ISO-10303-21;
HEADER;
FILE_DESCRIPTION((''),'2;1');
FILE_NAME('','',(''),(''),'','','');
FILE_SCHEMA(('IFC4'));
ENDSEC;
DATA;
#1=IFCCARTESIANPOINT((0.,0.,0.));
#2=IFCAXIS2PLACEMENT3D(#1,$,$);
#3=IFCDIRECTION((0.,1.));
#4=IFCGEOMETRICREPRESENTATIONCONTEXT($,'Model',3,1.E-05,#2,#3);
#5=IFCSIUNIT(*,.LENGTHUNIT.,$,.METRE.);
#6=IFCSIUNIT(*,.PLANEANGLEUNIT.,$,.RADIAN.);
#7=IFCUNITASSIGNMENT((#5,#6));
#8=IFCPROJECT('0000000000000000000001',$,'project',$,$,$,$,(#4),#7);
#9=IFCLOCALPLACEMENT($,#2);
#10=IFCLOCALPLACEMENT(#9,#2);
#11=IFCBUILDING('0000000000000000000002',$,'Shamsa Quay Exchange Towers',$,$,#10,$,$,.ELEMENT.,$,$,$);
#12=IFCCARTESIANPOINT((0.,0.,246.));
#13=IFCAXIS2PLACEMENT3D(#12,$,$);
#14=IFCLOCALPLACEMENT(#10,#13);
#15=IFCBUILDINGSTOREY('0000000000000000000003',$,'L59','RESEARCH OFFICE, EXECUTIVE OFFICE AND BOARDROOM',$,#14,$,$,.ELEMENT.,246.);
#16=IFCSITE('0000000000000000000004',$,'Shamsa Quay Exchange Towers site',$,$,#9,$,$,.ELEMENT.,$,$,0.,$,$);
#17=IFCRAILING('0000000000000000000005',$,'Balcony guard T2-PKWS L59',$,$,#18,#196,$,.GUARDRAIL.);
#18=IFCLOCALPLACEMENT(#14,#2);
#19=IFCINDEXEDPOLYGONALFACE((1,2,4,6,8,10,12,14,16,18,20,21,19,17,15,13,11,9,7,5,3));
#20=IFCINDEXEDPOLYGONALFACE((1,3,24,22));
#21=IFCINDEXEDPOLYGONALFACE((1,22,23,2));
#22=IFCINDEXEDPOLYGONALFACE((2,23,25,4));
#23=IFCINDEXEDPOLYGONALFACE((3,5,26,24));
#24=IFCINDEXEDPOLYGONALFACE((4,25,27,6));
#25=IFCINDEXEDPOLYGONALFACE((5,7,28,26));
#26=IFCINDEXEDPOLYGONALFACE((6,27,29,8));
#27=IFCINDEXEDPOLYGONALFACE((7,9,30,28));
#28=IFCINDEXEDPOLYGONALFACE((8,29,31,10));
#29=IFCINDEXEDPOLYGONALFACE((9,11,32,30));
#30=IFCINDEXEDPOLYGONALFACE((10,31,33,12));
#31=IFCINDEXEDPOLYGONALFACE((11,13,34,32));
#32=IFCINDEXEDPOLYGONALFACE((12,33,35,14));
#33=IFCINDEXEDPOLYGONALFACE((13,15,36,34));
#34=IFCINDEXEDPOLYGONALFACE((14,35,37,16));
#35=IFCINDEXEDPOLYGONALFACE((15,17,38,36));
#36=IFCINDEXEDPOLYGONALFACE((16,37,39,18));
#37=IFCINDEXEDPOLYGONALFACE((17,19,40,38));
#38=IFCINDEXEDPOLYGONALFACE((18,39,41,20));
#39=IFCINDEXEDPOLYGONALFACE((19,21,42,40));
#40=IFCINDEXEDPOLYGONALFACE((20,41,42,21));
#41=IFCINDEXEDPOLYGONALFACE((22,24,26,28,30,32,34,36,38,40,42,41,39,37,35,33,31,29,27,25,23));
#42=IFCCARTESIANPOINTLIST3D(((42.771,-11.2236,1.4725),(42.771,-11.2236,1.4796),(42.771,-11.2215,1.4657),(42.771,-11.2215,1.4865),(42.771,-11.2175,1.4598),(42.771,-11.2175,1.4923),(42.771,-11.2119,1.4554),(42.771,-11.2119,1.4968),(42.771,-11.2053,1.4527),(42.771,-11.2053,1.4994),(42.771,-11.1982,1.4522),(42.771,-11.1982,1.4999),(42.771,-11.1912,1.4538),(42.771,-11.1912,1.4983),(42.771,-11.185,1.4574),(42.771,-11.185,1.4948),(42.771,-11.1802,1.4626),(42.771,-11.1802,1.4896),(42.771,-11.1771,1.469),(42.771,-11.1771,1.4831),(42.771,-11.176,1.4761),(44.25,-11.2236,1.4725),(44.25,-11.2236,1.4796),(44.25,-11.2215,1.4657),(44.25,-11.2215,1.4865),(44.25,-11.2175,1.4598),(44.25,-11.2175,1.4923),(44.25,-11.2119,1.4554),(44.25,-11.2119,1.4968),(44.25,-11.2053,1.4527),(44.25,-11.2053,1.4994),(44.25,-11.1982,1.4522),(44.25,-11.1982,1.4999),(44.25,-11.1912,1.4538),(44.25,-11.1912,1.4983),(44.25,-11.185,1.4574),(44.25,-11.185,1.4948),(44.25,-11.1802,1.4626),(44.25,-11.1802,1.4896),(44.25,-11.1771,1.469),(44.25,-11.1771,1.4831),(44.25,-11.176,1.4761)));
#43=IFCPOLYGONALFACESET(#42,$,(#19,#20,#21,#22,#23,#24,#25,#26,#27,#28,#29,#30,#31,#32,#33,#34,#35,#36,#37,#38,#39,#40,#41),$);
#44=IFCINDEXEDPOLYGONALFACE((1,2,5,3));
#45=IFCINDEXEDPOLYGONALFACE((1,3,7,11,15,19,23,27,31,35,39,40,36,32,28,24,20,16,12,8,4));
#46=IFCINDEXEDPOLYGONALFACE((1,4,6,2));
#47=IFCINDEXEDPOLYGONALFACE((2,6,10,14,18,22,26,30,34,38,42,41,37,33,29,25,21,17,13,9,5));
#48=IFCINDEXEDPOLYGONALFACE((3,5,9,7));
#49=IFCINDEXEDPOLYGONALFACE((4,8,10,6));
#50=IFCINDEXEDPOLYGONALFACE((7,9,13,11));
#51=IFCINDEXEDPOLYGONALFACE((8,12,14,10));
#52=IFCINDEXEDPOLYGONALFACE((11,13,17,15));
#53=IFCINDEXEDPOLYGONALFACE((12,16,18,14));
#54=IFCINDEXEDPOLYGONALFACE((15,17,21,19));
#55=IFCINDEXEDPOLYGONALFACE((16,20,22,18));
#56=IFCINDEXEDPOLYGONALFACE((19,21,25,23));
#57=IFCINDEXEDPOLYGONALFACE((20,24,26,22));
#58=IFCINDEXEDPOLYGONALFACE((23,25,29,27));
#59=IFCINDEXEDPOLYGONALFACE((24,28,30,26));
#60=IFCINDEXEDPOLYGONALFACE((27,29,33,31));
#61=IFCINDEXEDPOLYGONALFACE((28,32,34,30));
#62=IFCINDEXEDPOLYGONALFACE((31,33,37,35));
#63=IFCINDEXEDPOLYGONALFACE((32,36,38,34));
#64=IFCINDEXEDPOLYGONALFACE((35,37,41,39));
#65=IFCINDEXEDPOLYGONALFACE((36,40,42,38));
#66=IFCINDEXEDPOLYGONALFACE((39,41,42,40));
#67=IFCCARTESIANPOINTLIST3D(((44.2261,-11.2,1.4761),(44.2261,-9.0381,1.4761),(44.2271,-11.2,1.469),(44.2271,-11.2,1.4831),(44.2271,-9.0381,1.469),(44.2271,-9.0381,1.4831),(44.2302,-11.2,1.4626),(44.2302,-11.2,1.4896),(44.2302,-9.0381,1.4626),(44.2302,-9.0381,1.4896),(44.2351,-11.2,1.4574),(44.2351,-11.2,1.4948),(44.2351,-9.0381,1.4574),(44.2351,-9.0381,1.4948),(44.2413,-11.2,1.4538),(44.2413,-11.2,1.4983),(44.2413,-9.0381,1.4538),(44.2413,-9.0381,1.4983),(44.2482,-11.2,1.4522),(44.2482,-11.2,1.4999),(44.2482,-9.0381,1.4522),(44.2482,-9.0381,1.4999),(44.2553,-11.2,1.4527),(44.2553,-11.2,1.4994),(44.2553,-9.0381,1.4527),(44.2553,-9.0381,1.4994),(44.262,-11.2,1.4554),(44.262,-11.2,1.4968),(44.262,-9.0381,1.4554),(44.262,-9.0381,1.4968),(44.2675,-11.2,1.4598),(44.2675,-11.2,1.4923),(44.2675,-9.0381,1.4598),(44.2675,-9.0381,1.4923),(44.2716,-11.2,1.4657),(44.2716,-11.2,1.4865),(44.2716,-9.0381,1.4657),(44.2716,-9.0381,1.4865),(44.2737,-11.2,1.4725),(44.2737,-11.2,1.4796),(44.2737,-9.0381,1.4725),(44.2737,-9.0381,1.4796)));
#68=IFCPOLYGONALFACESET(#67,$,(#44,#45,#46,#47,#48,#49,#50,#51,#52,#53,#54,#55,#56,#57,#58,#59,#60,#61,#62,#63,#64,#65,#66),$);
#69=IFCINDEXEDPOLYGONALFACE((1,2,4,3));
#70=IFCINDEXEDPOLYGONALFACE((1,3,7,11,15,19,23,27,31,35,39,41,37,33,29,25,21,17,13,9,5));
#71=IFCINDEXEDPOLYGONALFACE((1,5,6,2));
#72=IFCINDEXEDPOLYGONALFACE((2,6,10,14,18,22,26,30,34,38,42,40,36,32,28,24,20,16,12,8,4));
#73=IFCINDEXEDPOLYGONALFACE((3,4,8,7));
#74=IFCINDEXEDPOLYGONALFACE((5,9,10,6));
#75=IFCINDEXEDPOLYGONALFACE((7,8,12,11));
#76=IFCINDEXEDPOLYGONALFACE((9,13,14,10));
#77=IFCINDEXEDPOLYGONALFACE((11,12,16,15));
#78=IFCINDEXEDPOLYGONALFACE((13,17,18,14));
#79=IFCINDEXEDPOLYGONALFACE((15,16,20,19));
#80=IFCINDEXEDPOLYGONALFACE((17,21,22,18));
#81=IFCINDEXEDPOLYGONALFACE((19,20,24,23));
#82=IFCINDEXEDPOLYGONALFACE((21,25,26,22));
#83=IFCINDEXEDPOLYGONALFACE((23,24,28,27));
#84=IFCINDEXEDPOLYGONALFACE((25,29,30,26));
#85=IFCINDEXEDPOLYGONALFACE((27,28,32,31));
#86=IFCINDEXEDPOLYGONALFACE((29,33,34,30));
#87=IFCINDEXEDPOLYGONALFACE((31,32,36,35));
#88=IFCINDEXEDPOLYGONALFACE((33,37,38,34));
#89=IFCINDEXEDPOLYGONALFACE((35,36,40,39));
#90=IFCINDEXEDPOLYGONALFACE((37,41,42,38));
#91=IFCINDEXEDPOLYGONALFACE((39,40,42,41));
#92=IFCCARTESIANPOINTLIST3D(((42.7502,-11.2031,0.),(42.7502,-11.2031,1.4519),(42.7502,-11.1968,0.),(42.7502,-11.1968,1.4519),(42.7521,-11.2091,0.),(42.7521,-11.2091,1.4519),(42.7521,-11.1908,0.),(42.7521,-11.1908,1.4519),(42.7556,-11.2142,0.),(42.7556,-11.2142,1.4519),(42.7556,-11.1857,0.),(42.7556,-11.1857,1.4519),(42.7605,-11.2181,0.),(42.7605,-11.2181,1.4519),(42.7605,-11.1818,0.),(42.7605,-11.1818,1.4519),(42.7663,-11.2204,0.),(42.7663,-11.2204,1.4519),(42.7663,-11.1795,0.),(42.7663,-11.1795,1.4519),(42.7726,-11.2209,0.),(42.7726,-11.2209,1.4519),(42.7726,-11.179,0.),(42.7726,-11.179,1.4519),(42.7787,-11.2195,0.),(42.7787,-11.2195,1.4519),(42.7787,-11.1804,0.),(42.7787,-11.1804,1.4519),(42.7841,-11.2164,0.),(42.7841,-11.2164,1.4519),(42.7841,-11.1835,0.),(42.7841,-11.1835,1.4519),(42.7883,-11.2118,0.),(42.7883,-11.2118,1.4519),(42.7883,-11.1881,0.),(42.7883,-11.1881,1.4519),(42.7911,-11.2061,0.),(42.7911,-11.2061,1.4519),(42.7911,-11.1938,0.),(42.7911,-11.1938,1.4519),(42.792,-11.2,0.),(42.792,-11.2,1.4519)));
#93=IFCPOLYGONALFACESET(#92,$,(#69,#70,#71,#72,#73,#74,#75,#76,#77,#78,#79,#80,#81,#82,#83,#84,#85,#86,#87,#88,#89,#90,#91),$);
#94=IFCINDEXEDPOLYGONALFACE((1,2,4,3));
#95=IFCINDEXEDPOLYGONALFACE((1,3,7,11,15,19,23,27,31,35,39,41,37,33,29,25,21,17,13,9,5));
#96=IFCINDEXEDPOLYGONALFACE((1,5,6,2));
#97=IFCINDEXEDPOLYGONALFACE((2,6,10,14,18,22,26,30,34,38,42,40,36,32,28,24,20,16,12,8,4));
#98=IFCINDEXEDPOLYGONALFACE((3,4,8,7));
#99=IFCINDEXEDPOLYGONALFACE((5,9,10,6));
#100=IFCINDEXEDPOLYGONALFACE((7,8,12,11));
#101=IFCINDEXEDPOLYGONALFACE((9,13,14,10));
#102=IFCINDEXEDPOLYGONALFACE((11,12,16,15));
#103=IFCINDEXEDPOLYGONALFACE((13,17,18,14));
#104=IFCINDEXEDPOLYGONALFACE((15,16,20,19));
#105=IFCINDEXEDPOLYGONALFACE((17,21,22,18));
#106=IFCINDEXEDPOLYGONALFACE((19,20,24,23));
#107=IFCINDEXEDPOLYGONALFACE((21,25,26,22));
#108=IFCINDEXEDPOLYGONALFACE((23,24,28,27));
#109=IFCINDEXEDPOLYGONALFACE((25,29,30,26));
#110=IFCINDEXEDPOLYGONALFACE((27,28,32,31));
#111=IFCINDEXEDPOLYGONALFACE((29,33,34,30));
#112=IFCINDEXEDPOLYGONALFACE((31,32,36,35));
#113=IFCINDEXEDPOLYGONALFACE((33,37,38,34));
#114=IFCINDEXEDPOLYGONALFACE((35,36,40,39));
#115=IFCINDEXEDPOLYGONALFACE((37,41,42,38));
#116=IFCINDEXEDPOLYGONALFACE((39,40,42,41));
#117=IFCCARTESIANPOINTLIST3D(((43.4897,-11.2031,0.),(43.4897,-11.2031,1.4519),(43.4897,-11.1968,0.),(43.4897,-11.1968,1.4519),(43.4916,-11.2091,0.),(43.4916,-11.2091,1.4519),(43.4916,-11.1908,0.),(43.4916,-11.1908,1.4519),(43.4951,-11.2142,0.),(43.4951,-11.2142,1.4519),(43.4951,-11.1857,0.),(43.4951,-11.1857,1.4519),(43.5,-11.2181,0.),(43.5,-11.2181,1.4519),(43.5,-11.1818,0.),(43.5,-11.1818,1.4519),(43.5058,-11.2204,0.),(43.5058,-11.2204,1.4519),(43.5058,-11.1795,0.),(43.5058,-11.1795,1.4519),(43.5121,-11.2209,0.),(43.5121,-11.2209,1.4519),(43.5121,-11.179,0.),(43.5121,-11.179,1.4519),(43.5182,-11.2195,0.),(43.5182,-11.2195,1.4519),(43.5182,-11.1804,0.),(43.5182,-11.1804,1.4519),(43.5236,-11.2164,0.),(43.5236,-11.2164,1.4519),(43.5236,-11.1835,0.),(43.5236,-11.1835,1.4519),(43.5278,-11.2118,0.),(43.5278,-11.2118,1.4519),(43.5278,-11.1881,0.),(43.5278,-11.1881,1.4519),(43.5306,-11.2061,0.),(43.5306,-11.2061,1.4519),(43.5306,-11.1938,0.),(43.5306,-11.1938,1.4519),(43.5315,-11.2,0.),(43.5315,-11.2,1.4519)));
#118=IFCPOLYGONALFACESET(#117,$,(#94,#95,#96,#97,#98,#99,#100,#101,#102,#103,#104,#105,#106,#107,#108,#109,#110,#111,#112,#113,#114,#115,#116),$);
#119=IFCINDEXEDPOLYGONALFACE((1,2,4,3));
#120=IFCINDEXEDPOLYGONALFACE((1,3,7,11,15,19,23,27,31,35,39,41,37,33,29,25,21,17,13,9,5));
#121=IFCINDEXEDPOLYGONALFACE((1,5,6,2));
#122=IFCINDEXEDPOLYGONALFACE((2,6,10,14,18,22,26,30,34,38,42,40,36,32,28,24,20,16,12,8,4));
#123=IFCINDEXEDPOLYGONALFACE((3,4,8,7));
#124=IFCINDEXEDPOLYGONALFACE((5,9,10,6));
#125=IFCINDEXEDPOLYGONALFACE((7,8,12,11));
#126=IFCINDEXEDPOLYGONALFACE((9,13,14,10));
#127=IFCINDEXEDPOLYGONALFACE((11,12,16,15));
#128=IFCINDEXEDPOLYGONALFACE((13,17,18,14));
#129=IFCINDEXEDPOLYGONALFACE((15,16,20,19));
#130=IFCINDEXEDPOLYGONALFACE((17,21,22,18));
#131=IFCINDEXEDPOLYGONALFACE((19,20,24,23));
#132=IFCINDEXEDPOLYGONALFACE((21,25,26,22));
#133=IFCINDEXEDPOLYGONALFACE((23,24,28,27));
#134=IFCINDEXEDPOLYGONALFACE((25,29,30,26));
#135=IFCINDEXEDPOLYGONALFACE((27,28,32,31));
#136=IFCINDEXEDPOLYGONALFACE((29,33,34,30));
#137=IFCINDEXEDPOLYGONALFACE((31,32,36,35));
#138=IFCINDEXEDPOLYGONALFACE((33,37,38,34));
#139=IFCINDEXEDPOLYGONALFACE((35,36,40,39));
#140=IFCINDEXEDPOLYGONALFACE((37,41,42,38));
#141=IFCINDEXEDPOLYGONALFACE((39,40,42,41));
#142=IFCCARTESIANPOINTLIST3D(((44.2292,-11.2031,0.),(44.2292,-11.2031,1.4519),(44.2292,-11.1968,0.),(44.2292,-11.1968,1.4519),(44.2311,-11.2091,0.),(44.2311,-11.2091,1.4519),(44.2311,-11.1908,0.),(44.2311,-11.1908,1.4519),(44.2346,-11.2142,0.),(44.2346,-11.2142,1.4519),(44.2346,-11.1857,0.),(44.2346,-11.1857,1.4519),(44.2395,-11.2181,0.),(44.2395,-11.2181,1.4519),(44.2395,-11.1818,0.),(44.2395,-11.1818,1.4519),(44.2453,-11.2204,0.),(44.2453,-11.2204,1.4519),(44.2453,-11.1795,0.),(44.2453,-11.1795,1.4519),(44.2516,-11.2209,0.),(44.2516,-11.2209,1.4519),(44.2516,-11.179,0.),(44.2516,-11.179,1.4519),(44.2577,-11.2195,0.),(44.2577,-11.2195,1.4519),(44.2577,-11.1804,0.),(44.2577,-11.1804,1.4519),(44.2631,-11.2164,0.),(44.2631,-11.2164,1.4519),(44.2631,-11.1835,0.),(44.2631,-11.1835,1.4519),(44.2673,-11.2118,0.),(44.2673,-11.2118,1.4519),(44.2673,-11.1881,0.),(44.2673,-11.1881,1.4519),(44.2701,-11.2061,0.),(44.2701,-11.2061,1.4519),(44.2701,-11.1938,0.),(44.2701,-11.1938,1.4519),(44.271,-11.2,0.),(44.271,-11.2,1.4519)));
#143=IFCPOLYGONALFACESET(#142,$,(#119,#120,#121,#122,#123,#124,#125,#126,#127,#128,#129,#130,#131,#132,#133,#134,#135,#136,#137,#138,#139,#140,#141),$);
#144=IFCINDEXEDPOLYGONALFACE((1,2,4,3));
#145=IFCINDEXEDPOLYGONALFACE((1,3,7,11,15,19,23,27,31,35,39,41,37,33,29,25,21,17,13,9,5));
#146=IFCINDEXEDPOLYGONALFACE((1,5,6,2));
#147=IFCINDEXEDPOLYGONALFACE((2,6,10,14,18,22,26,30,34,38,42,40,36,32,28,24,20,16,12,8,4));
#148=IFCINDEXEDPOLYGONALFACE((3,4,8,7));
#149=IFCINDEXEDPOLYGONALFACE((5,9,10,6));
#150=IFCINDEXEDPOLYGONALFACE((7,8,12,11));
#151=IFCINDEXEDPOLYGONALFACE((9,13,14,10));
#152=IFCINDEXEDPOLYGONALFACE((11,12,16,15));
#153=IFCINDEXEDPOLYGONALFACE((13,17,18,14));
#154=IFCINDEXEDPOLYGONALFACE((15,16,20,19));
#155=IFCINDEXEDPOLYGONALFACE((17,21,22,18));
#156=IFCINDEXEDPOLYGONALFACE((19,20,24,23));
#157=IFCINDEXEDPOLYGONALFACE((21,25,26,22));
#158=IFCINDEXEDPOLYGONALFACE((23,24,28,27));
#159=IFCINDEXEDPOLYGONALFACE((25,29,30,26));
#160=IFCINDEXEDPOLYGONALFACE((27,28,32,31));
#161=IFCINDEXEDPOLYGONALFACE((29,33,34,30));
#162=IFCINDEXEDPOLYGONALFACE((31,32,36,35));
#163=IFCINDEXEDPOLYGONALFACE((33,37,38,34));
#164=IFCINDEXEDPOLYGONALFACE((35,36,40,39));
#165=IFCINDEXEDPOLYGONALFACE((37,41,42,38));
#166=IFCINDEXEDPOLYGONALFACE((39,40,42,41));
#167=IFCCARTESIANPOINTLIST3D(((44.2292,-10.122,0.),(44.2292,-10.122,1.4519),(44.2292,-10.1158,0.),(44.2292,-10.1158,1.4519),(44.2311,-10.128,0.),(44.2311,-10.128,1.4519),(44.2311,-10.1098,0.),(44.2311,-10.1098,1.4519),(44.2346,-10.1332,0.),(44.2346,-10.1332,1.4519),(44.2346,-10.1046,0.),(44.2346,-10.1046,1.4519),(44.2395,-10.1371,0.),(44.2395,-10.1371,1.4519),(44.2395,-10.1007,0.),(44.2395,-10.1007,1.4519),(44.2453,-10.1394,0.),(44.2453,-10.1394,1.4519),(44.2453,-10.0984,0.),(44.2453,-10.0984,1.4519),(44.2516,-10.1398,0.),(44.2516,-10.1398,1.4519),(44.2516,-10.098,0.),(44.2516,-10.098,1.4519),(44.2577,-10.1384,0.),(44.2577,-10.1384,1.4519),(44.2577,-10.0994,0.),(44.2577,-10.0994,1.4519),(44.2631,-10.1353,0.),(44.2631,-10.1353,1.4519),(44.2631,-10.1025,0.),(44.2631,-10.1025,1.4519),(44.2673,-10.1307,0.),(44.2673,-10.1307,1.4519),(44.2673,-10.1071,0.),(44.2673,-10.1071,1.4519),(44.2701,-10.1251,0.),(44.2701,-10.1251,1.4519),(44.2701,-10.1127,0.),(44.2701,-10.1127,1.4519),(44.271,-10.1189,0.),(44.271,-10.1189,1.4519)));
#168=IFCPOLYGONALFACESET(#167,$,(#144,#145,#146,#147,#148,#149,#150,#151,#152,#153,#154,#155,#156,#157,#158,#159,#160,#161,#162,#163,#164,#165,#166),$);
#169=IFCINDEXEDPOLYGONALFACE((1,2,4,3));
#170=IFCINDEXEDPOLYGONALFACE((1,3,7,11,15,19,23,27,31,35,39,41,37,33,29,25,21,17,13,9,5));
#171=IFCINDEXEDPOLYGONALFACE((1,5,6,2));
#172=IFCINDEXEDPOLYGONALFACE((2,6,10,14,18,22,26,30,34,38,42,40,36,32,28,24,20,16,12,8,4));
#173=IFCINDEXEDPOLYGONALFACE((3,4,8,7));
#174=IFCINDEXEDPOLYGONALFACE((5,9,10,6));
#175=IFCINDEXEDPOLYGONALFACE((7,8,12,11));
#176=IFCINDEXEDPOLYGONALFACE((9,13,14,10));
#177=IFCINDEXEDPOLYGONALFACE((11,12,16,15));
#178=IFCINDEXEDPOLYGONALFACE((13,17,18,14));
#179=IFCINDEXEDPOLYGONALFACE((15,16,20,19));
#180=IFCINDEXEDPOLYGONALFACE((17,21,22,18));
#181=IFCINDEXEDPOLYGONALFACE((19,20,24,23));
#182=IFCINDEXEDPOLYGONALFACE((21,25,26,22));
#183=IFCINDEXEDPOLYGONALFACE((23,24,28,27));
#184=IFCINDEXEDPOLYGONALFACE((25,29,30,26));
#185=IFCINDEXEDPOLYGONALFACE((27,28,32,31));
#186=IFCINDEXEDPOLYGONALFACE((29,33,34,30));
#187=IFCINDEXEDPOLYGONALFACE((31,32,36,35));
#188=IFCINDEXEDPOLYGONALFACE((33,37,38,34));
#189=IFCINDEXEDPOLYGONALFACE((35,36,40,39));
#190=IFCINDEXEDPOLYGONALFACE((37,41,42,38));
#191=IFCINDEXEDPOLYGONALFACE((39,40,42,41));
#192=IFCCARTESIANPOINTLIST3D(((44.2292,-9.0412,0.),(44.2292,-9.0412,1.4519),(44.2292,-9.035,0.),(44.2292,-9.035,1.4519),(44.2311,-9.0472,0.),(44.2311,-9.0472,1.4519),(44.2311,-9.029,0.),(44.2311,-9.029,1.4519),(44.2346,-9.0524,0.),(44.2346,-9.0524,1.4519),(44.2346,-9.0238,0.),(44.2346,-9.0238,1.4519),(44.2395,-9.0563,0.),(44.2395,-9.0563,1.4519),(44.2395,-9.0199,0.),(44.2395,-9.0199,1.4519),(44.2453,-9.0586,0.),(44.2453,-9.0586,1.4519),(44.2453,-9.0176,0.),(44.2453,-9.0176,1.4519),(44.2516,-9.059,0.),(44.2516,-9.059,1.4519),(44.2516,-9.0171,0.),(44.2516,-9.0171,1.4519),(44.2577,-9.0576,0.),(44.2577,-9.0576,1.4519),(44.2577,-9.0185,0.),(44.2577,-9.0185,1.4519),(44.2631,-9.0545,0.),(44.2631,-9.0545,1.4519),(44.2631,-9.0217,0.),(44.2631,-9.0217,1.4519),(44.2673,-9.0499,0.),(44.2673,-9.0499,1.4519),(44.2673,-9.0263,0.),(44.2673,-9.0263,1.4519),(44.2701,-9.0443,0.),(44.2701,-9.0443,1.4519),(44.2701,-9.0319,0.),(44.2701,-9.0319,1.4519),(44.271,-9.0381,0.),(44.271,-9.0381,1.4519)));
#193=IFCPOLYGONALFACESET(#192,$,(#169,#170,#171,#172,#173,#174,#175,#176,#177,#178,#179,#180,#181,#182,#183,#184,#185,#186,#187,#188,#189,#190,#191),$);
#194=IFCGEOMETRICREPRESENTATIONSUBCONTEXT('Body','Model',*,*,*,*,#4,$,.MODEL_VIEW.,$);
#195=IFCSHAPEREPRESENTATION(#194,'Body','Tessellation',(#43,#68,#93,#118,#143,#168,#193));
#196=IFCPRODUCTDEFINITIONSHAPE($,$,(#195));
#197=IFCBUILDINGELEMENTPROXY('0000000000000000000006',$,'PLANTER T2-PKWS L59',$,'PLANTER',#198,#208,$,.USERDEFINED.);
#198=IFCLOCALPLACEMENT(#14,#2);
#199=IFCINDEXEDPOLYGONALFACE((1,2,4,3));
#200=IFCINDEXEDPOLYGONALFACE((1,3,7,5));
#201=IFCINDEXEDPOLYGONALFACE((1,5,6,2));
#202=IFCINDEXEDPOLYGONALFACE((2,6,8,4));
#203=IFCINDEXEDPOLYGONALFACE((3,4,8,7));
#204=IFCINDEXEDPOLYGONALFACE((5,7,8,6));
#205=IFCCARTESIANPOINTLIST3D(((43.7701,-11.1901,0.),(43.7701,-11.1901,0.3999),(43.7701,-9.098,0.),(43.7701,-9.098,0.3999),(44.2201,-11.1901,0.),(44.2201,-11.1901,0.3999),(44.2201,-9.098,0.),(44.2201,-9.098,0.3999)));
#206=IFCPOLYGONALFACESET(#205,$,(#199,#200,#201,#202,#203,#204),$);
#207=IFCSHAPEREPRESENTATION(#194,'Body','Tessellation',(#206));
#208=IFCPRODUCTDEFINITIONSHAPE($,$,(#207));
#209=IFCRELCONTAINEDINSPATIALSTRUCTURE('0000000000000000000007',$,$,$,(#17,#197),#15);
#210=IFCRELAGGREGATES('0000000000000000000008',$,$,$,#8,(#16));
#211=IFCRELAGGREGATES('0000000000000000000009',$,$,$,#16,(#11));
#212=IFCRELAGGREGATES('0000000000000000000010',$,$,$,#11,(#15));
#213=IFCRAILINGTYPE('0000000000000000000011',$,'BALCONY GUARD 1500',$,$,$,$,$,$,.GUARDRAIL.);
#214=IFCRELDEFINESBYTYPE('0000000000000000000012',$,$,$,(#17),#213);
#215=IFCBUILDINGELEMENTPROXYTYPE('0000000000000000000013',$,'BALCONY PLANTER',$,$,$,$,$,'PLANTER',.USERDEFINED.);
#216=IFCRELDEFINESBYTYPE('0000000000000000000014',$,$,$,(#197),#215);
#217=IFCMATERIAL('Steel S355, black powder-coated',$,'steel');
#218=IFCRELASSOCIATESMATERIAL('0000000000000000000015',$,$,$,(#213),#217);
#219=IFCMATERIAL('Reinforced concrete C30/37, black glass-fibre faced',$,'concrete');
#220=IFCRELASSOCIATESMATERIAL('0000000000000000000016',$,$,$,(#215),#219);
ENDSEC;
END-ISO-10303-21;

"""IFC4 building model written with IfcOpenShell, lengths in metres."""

from ifc_helpers import new_model, si_unit, direction, frame, origin, origin_2d, place, context, subcontext, project, spatial, rectangle, circle, extrude, material, type_object, element, save


model = new_model("IFC4")

# Units and contexts
model_context = context("Model", 3, precision=1e-05, world=origin(), true_north=direction((0.0, 1.0)))
body_context = subcontext(model_context, "Body", "Model", "MODEL_VIEW")
ifc_project = project(units=[si_unit("LENGTHUNIT", "METRE"), si_unit("PLANEANGLEUNIT", "RADIAN")], contexts=[model_context])

# Site, building, storey
site_placement = place(None, origin())
site = spatial("IfcSite", under=ifc_project, at=site_placement, Name="Shamsa Quay Exchange Towers site", CompositionType="ELEMENT", RefElevation=0.0)
building_placement = place(site_placement, origin())
building = spatial("IfcBuilding", under=site, at=building_placement, Name="Shamsa Quay Exchange Towers", CompositionType="ELEMENT")
storey_placement = place(building_placement, frame((0.0, 0.0, 246.0)))
storey = spatial("IfcBuildingStorey", under=building, at=storey_placement, Name="L59", Description="RESEARCH OFFICE, EXECUTIVE OFFICE AND BOARDROOM", CompositionType="ELEMENT", Elevation=246.0)

# Railing
ifc_material_1 = material(Name="Steel S355, black powder-coated", Category="steel")
railing_type = type_object("IfcRailingType", Name="BALCONY GUARD 1500", PredefinedType="GUARDRAIL", material=ifc_material_1)
railing_placement = place(storey_placement, frame((42.771, -11.2, 0.0)))
element("IfcRailing", 1, at=railing_placement, inside=storey, type_object=railing_type, Name="Balcony guard T2-PKWS L59", PredefinedType="GUARDRAIL", context=body_context, shape_type="SweptSolid", body=[
    extrude(circle(Radius=0.0239, at=origin_2d()), frame((0.0, 0.0, 1.4761), z_axis=(1.0, 0.0, 0.0), x_axis=(0.0, 1.0, 0.0)), (0.0, 0.0, 1.0), 1.479),
    extrude(circle(Radius=0.0239, at=origin_2d()), frame((1.479, 0.0, 1.4761), z_axis=(0.0, 1.0, 0.0), x_axis=(-1.0, 0.0, 0.0)), (0.0, 0.0, 1.0), 2.1619),
    extrude(circle(Radius=0.021, at=origin_2d()), origin(), (0.0, 0.0, 1.0), 1.4519),
    extrude(circle(Radius=0.021, at=origin_2d()), frame((0.7395, 0.0, 0.0)), (0.0, 0.0, 1.0), 1.4519),
    extrude(circle(Radius=0.021, at=origin_2d()), frame((1.479, 0.0, 0.0)), (0.0, 0.0, 1.0), 1.4519),
    extrude(circle(Radius=0.021, at=origin_2d()), frame((1.479, 1.0811, 0.0)), (0.0, 0.0, 1.0), 1.4519),
    extrude(circle(Radius=0.021, at=origin_2d()), frame((1.479, 2.1619, 0.0)), (0.0, 0.0, 1.0), 1.4519),
])

# Building element proxy
ifc_material_2 = material(Name="Reinforced concrete C30/37, black glass-fibre faced", Category="concrete")
building_element_proxy_type = type_object("IfcBuildingElementProxyType", Name="BALCONY PLANTER", ElementType="PLANTER", PredefinedType="USERDEFINED", material=ifc_material_2)
proxy_placement = place(storey_placement, frame((43.9951, -10.144, 0.0), z_axis=(0.0, 0.0, 1.0), x_axis=(0.0, 1.0, 0.0)))
element("IfcBuildingElementProxy", 2, at=proxy_placement, inside=storey, type_object=building_element_proxy_type, Name="PLANTER T2-PKWS L59", ObjectType="PLANTER", PredefinedType="USERDEFINED", context=body_context, shape_type="SweptSolid", body=[
    extrude(rectangle(XDim=2.092, YDim=0.45, at=origin_2d()), origin(), (0.0, 0.0, 1.0), 0.3999),
])

save(model, "model.ifc")
